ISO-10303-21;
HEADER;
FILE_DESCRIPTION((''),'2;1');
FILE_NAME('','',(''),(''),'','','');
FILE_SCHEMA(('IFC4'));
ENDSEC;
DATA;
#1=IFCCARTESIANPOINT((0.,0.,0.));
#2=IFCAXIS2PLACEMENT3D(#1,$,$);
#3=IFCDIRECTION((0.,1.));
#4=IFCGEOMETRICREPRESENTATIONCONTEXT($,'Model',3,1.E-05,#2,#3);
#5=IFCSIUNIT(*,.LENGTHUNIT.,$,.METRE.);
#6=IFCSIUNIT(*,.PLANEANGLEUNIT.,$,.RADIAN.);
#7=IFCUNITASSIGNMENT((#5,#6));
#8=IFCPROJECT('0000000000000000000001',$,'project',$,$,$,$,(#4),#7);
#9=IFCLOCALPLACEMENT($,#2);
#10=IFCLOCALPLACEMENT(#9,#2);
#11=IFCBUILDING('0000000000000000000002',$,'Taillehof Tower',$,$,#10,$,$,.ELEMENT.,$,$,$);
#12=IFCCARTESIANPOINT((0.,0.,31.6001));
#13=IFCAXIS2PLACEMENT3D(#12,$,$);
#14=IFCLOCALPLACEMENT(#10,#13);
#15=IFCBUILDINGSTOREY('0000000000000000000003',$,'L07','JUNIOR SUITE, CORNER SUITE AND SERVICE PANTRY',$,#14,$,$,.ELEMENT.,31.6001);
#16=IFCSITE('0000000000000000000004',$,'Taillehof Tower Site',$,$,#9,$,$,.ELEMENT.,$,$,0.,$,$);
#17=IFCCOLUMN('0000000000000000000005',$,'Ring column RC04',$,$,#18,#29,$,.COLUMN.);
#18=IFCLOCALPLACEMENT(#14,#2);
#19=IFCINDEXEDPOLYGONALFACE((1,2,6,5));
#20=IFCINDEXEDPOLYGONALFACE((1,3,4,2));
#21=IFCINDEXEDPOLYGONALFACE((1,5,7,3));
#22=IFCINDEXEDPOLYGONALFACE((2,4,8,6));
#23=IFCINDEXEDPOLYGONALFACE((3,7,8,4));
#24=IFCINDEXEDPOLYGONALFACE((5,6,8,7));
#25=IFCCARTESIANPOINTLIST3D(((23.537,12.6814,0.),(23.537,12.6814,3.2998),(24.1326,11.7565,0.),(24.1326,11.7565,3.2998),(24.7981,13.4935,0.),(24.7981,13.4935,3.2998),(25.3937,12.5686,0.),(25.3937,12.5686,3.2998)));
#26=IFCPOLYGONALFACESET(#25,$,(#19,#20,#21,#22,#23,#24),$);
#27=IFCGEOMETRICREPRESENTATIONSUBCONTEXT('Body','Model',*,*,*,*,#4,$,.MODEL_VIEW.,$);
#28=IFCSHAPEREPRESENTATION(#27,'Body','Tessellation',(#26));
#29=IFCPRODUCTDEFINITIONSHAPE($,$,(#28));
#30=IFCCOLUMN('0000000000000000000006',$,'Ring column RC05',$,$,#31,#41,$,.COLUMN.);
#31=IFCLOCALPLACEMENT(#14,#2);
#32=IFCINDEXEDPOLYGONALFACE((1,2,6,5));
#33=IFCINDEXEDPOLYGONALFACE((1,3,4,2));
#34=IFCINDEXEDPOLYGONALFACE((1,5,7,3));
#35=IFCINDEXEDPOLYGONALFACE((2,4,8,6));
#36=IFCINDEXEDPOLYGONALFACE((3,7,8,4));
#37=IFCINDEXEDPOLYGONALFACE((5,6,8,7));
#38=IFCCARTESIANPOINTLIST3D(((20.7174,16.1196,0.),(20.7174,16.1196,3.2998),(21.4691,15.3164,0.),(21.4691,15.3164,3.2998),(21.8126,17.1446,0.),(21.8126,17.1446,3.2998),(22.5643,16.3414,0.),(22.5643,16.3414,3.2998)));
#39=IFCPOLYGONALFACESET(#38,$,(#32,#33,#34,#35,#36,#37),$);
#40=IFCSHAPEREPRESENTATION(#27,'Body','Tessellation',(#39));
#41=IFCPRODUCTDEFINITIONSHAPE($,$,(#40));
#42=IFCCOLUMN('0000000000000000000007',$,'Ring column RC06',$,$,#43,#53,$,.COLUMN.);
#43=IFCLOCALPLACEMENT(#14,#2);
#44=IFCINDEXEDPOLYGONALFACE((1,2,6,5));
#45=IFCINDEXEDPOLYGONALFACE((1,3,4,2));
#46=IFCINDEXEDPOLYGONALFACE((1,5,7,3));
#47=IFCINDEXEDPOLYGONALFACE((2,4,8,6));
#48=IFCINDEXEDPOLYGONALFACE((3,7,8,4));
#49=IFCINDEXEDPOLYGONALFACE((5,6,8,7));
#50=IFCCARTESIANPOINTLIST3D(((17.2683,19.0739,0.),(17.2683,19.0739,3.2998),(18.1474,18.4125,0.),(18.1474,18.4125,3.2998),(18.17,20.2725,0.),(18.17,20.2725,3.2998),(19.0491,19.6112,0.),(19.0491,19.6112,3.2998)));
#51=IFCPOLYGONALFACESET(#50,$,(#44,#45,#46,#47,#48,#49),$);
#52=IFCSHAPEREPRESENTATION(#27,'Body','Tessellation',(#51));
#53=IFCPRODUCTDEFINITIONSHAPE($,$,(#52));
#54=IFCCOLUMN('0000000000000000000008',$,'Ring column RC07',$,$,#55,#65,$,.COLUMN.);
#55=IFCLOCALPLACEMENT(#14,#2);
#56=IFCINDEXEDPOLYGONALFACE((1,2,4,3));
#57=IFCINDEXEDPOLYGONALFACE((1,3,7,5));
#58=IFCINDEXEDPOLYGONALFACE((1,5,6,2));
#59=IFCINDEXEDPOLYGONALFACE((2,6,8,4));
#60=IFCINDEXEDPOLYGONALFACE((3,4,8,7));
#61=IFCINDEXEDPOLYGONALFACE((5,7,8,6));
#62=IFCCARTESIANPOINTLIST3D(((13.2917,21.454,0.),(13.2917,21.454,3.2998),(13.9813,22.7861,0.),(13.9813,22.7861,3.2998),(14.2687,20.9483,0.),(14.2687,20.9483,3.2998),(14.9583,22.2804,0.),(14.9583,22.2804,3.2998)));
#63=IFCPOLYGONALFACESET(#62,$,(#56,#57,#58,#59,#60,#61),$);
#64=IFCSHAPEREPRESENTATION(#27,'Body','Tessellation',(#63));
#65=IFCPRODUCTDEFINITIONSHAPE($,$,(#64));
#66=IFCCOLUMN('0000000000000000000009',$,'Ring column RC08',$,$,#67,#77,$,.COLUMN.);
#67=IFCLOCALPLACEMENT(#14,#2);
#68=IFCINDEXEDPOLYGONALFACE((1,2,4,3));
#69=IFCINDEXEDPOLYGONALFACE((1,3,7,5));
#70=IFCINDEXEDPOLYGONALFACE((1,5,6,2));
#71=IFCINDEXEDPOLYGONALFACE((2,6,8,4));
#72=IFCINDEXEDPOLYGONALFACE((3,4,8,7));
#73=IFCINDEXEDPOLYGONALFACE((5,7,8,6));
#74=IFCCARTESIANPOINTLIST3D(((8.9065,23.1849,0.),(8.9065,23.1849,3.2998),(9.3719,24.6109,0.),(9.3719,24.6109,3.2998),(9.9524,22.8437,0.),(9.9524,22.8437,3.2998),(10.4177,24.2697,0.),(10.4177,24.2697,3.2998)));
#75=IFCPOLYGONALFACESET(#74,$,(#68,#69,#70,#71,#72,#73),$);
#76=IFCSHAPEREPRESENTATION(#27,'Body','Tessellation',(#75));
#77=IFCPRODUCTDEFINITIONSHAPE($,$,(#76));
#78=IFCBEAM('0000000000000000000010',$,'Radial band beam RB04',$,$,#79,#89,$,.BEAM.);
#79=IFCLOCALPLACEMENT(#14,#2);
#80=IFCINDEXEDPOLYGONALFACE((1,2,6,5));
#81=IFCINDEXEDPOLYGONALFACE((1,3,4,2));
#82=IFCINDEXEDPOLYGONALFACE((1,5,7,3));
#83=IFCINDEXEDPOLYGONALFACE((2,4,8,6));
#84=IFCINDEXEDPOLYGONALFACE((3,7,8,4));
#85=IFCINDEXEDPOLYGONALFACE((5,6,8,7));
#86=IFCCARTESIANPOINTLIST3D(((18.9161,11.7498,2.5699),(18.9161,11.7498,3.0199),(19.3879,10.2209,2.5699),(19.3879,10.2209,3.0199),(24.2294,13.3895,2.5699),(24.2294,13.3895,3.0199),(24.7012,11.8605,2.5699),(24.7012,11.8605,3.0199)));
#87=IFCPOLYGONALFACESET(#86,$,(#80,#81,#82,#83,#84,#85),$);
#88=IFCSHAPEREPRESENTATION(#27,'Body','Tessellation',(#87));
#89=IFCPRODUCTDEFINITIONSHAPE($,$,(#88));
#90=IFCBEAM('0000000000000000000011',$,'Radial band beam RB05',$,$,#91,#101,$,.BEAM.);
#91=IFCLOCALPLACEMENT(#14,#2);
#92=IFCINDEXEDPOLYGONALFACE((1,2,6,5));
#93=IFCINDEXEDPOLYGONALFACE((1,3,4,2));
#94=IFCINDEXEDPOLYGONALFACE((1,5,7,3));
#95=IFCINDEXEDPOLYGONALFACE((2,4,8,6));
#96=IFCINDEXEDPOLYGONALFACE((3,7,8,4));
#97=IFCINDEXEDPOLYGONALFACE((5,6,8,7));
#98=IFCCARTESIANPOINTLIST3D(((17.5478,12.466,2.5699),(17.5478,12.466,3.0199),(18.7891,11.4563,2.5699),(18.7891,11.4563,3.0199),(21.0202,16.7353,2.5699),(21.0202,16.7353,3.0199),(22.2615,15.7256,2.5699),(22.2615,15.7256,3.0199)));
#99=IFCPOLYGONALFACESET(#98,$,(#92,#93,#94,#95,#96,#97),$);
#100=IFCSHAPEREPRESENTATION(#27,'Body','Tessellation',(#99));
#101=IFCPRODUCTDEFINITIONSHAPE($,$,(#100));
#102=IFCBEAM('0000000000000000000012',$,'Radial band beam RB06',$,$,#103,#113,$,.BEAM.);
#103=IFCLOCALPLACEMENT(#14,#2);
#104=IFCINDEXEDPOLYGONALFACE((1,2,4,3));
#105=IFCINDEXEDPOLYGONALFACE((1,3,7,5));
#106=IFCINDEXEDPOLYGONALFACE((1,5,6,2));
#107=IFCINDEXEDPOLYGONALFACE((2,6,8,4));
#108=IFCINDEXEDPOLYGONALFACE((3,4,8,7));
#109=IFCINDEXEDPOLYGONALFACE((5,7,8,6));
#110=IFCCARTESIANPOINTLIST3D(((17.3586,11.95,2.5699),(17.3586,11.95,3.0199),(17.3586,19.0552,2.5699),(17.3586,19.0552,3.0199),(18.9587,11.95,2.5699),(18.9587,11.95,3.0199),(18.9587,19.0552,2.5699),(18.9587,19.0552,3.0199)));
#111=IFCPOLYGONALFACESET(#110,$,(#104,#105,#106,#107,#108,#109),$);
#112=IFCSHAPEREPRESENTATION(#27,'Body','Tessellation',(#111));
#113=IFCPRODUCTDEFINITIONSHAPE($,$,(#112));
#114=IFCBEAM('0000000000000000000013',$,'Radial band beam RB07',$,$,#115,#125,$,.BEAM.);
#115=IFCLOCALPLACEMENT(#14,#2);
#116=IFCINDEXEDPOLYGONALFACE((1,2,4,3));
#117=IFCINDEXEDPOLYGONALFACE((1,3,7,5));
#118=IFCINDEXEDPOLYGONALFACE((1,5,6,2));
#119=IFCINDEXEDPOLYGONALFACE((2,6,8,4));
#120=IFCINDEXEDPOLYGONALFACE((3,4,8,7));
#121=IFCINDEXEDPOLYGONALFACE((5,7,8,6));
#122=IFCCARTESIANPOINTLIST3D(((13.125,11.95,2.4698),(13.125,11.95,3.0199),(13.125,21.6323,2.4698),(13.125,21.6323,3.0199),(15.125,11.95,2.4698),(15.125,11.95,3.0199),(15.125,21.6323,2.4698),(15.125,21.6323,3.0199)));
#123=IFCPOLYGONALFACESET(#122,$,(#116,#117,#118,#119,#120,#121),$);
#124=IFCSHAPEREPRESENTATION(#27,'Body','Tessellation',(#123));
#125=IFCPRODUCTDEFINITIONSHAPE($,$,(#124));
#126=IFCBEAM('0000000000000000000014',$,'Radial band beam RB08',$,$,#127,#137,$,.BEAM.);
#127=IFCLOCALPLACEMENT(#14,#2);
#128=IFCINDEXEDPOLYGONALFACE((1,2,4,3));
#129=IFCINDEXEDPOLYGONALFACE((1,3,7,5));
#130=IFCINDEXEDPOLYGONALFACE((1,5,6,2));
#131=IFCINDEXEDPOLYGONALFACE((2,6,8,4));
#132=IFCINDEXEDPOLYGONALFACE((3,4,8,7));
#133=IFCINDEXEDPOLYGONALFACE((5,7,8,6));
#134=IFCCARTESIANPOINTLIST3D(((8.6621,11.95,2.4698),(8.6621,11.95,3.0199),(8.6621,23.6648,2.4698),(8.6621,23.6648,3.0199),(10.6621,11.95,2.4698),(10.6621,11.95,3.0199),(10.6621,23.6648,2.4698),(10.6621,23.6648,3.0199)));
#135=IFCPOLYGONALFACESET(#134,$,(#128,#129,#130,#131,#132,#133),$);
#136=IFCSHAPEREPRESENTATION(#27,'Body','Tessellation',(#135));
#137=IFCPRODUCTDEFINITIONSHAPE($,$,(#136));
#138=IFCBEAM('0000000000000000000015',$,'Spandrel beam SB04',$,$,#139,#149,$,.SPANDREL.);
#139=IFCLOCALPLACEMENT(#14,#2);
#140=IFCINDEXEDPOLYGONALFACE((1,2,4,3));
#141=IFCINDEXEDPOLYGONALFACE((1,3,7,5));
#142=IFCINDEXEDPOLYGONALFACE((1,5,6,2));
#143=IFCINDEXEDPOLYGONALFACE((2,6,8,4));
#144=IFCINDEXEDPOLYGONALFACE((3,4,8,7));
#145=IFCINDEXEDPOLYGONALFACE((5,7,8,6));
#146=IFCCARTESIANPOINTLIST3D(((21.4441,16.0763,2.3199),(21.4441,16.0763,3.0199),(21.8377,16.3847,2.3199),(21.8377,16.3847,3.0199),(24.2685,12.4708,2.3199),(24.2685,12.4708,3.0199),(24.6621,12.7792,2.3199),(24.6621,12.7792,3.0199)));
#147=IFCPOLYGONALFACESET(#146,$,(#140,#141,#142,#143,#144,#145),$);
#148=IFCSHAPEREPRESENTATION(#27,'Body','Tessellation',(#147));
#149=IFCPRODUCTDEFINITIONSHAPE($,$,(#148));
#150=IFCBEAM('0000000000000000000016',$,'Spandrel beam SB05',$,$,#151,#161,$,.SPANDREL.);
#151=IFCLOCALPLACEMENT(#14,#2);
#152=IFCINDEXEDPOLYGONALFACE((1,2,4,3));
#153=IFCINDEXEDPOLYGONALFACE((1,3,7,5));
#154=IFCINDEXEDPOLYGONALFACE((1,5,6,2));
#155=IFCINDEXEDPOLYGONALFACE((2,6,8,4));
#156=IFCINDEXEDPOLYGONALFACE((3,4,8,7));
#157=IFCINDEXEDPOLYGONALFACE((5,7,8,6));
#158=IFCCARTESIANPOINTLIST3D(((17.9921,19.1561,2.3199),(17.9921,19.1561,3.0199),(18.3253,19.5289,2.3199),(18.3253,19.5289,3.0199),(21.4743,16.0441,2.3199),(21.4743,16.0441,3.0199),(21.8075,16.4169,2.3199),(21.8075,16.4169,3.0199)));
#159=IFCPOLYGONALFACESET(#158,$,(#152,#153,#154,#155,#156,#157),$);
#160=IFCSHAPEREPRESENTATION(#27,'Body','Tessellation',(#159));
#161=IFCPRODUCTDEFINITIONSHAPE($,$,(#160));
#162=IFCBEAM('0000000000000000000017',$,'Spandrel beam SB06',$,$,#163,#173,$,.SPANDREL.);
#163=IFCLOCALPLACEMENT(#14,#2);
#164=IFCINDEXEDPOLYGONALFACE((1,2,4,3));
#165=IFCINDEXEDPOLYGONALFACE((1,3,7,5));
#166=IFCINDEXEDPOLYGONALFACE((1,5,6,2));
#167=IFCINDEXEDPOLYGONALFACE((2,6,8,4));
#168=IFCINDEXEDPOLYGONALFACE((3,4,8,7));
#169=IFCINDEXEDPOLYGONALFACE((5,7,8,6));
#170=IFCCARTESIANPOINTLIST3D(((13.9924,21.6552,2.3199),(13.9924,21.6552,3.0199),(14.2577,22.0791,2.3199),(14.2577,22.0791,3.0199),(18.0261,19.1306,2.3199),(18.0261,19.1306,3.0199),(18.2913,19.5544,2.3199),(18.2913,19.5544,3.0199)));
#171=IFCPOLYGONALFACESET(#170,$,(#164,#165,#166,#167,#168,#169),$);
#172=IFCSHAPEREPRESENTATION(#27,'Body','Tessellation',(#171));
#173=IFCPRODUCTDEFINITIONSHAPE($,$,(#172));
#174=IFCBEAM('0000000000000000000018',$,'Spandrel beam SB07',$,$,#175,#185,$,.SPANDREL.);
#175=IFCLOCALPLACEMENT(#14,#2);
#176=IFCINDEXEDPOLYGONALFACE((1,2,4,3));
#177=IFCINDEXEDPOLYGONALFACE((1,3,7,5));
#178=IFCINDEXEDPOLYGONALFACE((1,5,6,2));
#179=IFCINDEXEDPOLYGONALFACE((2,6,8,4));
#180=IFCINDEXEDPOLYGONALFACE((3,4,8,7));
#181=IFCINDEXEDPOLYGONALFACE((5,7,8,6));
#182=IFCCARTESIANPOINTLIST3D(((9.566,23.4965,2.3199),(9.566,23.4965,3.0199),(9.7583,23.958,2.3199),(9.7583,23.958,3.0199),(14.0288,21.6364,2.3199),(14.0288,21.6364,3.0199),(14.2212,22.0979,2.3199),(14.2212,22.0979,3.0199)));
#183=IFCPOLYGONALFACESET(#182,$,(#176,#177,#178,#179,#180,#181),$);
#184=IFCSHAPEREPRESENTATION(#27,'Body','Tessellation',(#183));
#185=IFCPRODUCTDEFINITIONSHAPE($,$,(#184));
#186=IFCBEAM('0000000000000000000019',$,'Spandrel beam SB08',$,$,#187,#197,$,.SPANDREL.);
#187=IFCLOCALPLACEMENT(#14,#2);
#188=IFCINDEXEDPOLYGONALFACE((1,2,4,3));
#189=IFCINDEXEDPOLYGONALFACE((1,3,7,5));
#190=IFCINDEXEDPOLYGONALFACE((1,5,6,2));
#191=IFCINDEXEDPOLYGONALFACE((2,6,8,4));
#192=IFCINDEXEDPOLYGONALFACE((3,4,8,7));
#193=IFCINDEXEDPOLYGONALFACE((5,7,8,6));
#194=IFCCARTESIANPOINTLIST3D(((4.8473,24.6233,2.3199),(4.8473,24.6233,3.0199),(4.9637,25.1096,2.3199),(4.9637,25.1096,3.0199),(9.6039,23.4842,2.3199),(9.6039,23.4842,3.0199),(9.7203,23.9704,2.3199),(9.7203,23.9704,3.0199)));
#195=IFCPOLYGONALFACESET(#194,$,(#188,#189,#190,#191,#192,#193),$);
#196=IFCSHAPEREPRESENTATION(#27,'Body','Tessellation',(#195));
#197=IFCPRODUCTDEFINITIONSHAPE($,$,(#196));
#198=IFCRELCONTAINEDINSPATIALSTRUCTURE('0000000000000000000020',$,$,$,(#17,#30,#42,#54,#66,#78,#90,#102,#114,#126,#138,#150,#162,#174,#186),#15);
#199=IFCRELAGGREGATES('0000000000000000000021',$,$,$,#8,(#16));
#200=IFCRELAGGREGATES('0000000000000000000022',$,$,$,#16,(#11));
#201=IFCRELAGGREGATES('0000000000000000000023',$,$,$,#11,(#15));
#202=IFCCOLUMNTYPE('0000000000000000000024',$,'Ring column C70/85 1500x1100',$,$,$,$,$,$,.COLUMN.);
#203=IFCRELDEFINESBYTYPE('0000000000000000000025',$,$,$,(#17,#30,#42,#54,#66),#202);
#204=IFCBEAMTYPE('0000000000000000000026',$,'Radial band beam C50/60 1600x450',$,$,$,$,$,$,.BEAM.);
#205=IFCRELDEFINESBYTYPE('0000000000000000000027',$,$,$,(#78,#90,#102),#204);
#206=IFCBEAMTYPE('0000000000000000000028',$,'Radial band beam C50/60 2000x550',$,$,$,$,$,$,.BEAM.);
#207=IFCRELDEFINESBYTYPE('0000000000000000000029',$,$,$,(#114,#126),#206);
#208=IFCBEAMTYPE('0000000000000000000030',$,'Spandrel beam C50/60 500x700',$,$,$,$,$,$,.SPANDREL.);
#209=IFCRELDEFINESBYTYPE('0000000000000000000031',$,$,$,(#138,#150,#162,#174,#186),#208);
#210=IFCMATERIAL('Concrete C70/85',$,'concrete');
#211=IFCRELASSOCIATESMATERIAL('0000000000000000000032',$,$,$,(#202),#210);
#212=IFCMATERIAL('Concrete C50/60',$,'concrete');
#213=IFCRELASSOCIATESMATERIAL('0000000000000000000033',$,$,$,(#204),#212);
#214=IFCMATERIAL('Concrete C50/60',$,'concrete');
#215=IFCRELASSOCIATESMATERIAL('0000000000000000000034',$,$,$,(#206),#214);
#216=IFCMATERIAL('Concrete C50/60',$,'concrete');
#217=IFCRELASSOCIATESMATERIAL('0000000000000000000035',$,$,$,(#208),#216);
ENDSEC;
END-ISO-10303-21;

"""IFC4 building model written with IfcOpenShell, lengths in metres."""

from ifc_helpers import new_model, si_unit, direction, frame, origin, origin_2d, place, context, subcontext, project, spatial, rectangle, extrude, material, material_profile, profile_set, type_object, element, save


model = new_model("IFC4")

# Units and contexts
model_context = context("Model", 3, precision=1e-05, world=origin(), true_north=direction((0.0, 1.0)))
body_context = subcontext(model_context, "Body", "Model", "MODEL_VIEW")
ifc_project = project(units=[si_unit("LENGTHUNIT", "METRE"), si_unit("PLANEANGLEUNIT", "RADIAN")], contexts=[model_context])

# Site, building, storey
site_placement = place(None, origin())
site = spatial("IfcSite", under=ifc_project, at=site_placement, Name="Taillehof Tower Site", CompositionType="ELEMENT", RefElevation=0.0)
building_placement = place(site_placement, origin())
building = spatial("IfcBuilding", under=site, at=building_placement, Name="Taillehof Tower", CompositionType="ELEMENT")
storey_placement = place(building_placement, frame((0.0, 0.0, 31.6001)))
storey = spatial("IfcBuildingStorey", under=building, at=storey_placement, Name="L07", Description="JUNIOR SUITE, CORNER SUITE AND SERVICE PANTRY", CompositionType="ELEMENT", Elevation=31.6001)

# Columns
ifc_material_1 = material(Name="Concrete C70/85", Category="concrete")
ifc_material_profile_1 = material_profile(ifc_material_1, rectangle(XDim=1.5, YDim=1.1001, at=origin_2d()), Name="RC 1500x1100")
ifc_profile_set_1 = profile_set([ifc_material_profile_1], Name="Concrete C70/85")
column_type = type_object("IfcColumnType", Name="Ring column C70/85 1500x1100", PredefinedType="COLUMN", material=ifc_profile_set_1)
for number, where, z_axis, x_axis, name in (
    (1, (24.4653, 12.625, 0.0), (0.0, 0.0, 1.0), (0.840754, 0.541418, 0.0), "Ring column RC04"),
    (2, (21.6409, 16.2305, 0.0), (0.0, 0.0, 1.0), (0.730113, 0.683326, 0.0), "Ring column RC05"),
    (3, (18.1587, 19.3425, 0.0), (0.0, 0.0, 1.0), (0.601174, 0.799118, 0.0), "Ring column RC06"),
    (4, (14.125, 21.8672, 0.0), (0.0, 0.0, 1.0), (0.459691, 0.888079, 0.0), "Ring column RC07"),
    (5, (9.6621, 23.7273, 0.0), (0.0, 0.0, 1.0), (0.310219, 0.950665, 0.0), "Ring column RC08"),
):
    element("IfcColumn", number, at=place(storey_placement, frame(where, z_axis=z_axis, x_axis=x_axis)), inside=storey, type_object=column_type, Name=name, PredefinedType="COLUMN", context=body_context, shape_type="SweptSolid", body=[
        extrude(rectangle(XDim=1.5, YDim=1.1001, at=origin_2d()), origin(), (0.0, 0.0, 1.0), 3.2998),
    ])

# Beams
ifc_material_2 = material(Name="Concrete C50/60", Category="concrete")
ifc_material_profile_2 = material_profile(ifc_material_2, rectangle(XDim=1.6001, YDim=0.45, at=origin_2d()), Name="RC 1600x450")
ifc_profile_set_2 = profile_set([ifc_material_profile_2], Name="Concrete C50/60")
beam_type_1 = type_object("IfcBeamType", Name="Radial band beam C50/60 1600x450", PredefinedType="BEAM", material=ifc_profile_set_2)
beam_1_placement = place(storey_placement, frame((24.4653, 12.625, 2.7949), z_axis=(-0.955536, -0.294876, 0.0), x_axis=(0.294876, -0.955536, 0.0)))
element("IfcBeam", 6, at=beam_1_placement, inside=storey, type_object=beam_type_1, Name="Radial band beam RB04", PredefinedType="BEAM", context=body_context, shape_type="SweptSolid", body=[
    extrude(rectangle(XDim=1.6001, YDim=0.45, at=origin_2d()), origin(), (0.0, 0.0, 1.0), 5.5605),
])
beam_2_placement = place(storey_placement, frame((21.6409, 16.2305, 2.7949), z_axis=(-0.630988, -0.775792, 0.0), x_axis=(0.775792, -0.630988, 0.0)))
element("IfcBeam", 7, at=beam_2_placement, inside=storey, type_object=beam_type_1, Name="Radial band beam RB05", PredefinedType="BEAM", context=body_context, shape_type="SweptSolid", body=[
    extrude(rectangle(XDim=1.6001, YDim=0.45, at=origin_2d()), origin(), (0.0, 0.0, 1.0), 5.5032),
])
beam_3_placement = place(storey_placement, frame((18.1587, 19.0552, 2.7949), z_axis=(0.0, -1.0, 0.0), x_axis=(1.0, 0.0, 0.0)))
element("IfcBeam", 8, at=beam_3_placement, inside=storey, type_object=beam_type_1, Name="Radial band beam RB06", PredefinedType="BEAM", context=body_context, shape_type="SweptSolid", body=[
    extrude(rectangle(XDim=1.6001, YDim=0.45, at=origin_2d()), origin(), (0.0, 0.0, 1.0), 7.1052),
])
ifc_material_3 = material(Name="Concrete C50/60", Category="concrete")
ifc_material_profile_3 = material_profile(ifc_material_3, rectangle(XDim=2.0, YDim=0.55, at=origin_2d()), Name="RC 2000x550")
ifc_profile_set_3 = profile_set([ifc_material_profile_3], Name="Concrete C50/60")
beam_type_2 = type_object("IfcBeamType", Name="Radial band beam C50/60 2000x550", PredefinedType="BEAM", material=ifc_profile_set_3)
beam_4_placement = place(storey_placement, frame((14.125, 21.6323, 2.7449), z_axis=(0.0, -1.0, 0.0), x_axis=(1.0, 0.0, 0.0)))
element("IfcBeam", 9, at=beam_4_placement, inside=storey, type_object=beam_type_2, Name="Radial band beam RB07", PredefinedType="BEAM", context=body_context, shape_type="SweptSolid", body=[
    extrude(rectangle(XDim=2.0, YDim=0.55, at=origin_2d()), origin(), (0.0, 0.0, 1.0), 9.6824),
])
beam_5_placement = place(storey_placement, frame((9.6621, 23.6648, 2.7449), z_axis=(0.0, -1.0, 0.0), x_axis=(1.0, 0.0, 0.0)))
element("IfcBeam", 10, at=beam_5_placement, inside=storey, type_object=beam_type_2, Name="Radial band beam RB08", PredefinedType="BEAM", context=body_context, shape_type="SweptSolid", body=[
    extrude(rectangle(XDim=2.0, YDim=0.55, at=origin_2d()), origin(), (0.0, 0.0, 1.0), 11.7148),
])
ifc_material_4 = material(Name="Concrete C50/60", Category="concrete")
ifc_material_profile_4 = material_profile(ifc_material_4, rectangle(XDim=0.5, YDim=0.7, at=origin_2d()), Name="RC 500x700")
ifc_profile_set_4 = profile_set([ifc_material_profile_4], Name="Concrete C50/60")
beam_type_3 = type_object("IfcBeamType", Name="Spandrel beam C50/60 500x700", PredefinedType="SPANDREL", material=ifc_profile_set_4)
beam_6_placement = place(storey_placement, frame((24.4653, 12.625, 2.6699), z_axis=(-0.616686, 0.787209, 0.0), x_axis=(-0.787209, -0.616686, 0.0)))
element("IfcBeam", 11, at=beam_6_placement, inside=storey, type_object=beam_type_3, Name="Spandrel beam SB04", PredefinedType="SPANDREL", context=body_context, shape_type="SweptSolid", body=[
    extrude(rectangle(XDim=0.5, YDim=0.7, at=origin_2d()), origin(), (0.0, 0.0, 1.0), 4.5801),
])
beam_7_placement = place(storey_placement, frame((21.6409, 16.2305, 2.6699), z_axis=(-0.745621, 0.66637, 0.0), x_axis=(-0.66637, -0.745621, 0.0)))
element("IfcBeam", 12, at=beam_7_placement, inside=storey, type_object=beam_type_3, Name="Spandrel beam SB05", PredefinedType="SPANDREL", context=body_context, shape_type="SweptSolid", body=[
    extrude(rectangle(XDim=0.5, YDim=0.7, at=origin_2d()), origin(), (0.0, 0.0, 1.0), 4.6702),
])
beam_8_placement = place(storey_placement, frame((18.1587, 19.3425, 2.6699), z_axis=(-0.847658, 0.530543, 0.0), x_axis=(-0.530543, -0.847658, 0.0)))
element("IfcBeam", 13, at=beam_8_placement, inside=storey, type_object=beam_type_3, Name="Spandrel beam SB06", PredefinedType="SPANDREL", context=body_context, shape_type="SweptSolid", body=[
    extrude(rectangle(XDim=0.5, YDim=0.7, at=origin_2d()), origin(), (0.0, 0.0, 1.0), 4.7585),
])
beam_9_placement = place(storey_placement, frame((14.125, 21.8672, 2.6699), z_axis=(-0.923035, 0.384716, 0.0), x_axis=(-0.384716, -0.923035, 0.0)))
element("IfcBeam", 14, at=beam_9_placement, inside=storey, type_object=beam_type_3, Name="Spandrel beam SB07", PredefinedType="SPANDREL", context=body_context, shape_type="SweptSolid", body=[
    extrude(rectangle(XDim=0.5, YDim=0.7, at=origin_2d()), origin(), (0.0, 0.0, 1.0), 4.835),
])
beam_10_placement = place(storey_placement, frame((9.6621, 23.7273, 2.6699), z_axis=(-0.9725, 0.232905, 0.0), x_axis=(-0.232905, -0.9725, 0.0)))
element("IfcBeam", 15, at=beam_10_placement, inside=storey, type_object=beam_type_3, Name="Spandrel beam SB08", PredefinedType="SPANDREL", context=body_context, shape_type="SweptSolid", body=[
    extrude(rectangle(XDim=0.5, YDim=0.7, at=origin_2d()), origin(), (0.0, 0.0, 1.0), 4.8911),
])

save(model, "model.ifc")
